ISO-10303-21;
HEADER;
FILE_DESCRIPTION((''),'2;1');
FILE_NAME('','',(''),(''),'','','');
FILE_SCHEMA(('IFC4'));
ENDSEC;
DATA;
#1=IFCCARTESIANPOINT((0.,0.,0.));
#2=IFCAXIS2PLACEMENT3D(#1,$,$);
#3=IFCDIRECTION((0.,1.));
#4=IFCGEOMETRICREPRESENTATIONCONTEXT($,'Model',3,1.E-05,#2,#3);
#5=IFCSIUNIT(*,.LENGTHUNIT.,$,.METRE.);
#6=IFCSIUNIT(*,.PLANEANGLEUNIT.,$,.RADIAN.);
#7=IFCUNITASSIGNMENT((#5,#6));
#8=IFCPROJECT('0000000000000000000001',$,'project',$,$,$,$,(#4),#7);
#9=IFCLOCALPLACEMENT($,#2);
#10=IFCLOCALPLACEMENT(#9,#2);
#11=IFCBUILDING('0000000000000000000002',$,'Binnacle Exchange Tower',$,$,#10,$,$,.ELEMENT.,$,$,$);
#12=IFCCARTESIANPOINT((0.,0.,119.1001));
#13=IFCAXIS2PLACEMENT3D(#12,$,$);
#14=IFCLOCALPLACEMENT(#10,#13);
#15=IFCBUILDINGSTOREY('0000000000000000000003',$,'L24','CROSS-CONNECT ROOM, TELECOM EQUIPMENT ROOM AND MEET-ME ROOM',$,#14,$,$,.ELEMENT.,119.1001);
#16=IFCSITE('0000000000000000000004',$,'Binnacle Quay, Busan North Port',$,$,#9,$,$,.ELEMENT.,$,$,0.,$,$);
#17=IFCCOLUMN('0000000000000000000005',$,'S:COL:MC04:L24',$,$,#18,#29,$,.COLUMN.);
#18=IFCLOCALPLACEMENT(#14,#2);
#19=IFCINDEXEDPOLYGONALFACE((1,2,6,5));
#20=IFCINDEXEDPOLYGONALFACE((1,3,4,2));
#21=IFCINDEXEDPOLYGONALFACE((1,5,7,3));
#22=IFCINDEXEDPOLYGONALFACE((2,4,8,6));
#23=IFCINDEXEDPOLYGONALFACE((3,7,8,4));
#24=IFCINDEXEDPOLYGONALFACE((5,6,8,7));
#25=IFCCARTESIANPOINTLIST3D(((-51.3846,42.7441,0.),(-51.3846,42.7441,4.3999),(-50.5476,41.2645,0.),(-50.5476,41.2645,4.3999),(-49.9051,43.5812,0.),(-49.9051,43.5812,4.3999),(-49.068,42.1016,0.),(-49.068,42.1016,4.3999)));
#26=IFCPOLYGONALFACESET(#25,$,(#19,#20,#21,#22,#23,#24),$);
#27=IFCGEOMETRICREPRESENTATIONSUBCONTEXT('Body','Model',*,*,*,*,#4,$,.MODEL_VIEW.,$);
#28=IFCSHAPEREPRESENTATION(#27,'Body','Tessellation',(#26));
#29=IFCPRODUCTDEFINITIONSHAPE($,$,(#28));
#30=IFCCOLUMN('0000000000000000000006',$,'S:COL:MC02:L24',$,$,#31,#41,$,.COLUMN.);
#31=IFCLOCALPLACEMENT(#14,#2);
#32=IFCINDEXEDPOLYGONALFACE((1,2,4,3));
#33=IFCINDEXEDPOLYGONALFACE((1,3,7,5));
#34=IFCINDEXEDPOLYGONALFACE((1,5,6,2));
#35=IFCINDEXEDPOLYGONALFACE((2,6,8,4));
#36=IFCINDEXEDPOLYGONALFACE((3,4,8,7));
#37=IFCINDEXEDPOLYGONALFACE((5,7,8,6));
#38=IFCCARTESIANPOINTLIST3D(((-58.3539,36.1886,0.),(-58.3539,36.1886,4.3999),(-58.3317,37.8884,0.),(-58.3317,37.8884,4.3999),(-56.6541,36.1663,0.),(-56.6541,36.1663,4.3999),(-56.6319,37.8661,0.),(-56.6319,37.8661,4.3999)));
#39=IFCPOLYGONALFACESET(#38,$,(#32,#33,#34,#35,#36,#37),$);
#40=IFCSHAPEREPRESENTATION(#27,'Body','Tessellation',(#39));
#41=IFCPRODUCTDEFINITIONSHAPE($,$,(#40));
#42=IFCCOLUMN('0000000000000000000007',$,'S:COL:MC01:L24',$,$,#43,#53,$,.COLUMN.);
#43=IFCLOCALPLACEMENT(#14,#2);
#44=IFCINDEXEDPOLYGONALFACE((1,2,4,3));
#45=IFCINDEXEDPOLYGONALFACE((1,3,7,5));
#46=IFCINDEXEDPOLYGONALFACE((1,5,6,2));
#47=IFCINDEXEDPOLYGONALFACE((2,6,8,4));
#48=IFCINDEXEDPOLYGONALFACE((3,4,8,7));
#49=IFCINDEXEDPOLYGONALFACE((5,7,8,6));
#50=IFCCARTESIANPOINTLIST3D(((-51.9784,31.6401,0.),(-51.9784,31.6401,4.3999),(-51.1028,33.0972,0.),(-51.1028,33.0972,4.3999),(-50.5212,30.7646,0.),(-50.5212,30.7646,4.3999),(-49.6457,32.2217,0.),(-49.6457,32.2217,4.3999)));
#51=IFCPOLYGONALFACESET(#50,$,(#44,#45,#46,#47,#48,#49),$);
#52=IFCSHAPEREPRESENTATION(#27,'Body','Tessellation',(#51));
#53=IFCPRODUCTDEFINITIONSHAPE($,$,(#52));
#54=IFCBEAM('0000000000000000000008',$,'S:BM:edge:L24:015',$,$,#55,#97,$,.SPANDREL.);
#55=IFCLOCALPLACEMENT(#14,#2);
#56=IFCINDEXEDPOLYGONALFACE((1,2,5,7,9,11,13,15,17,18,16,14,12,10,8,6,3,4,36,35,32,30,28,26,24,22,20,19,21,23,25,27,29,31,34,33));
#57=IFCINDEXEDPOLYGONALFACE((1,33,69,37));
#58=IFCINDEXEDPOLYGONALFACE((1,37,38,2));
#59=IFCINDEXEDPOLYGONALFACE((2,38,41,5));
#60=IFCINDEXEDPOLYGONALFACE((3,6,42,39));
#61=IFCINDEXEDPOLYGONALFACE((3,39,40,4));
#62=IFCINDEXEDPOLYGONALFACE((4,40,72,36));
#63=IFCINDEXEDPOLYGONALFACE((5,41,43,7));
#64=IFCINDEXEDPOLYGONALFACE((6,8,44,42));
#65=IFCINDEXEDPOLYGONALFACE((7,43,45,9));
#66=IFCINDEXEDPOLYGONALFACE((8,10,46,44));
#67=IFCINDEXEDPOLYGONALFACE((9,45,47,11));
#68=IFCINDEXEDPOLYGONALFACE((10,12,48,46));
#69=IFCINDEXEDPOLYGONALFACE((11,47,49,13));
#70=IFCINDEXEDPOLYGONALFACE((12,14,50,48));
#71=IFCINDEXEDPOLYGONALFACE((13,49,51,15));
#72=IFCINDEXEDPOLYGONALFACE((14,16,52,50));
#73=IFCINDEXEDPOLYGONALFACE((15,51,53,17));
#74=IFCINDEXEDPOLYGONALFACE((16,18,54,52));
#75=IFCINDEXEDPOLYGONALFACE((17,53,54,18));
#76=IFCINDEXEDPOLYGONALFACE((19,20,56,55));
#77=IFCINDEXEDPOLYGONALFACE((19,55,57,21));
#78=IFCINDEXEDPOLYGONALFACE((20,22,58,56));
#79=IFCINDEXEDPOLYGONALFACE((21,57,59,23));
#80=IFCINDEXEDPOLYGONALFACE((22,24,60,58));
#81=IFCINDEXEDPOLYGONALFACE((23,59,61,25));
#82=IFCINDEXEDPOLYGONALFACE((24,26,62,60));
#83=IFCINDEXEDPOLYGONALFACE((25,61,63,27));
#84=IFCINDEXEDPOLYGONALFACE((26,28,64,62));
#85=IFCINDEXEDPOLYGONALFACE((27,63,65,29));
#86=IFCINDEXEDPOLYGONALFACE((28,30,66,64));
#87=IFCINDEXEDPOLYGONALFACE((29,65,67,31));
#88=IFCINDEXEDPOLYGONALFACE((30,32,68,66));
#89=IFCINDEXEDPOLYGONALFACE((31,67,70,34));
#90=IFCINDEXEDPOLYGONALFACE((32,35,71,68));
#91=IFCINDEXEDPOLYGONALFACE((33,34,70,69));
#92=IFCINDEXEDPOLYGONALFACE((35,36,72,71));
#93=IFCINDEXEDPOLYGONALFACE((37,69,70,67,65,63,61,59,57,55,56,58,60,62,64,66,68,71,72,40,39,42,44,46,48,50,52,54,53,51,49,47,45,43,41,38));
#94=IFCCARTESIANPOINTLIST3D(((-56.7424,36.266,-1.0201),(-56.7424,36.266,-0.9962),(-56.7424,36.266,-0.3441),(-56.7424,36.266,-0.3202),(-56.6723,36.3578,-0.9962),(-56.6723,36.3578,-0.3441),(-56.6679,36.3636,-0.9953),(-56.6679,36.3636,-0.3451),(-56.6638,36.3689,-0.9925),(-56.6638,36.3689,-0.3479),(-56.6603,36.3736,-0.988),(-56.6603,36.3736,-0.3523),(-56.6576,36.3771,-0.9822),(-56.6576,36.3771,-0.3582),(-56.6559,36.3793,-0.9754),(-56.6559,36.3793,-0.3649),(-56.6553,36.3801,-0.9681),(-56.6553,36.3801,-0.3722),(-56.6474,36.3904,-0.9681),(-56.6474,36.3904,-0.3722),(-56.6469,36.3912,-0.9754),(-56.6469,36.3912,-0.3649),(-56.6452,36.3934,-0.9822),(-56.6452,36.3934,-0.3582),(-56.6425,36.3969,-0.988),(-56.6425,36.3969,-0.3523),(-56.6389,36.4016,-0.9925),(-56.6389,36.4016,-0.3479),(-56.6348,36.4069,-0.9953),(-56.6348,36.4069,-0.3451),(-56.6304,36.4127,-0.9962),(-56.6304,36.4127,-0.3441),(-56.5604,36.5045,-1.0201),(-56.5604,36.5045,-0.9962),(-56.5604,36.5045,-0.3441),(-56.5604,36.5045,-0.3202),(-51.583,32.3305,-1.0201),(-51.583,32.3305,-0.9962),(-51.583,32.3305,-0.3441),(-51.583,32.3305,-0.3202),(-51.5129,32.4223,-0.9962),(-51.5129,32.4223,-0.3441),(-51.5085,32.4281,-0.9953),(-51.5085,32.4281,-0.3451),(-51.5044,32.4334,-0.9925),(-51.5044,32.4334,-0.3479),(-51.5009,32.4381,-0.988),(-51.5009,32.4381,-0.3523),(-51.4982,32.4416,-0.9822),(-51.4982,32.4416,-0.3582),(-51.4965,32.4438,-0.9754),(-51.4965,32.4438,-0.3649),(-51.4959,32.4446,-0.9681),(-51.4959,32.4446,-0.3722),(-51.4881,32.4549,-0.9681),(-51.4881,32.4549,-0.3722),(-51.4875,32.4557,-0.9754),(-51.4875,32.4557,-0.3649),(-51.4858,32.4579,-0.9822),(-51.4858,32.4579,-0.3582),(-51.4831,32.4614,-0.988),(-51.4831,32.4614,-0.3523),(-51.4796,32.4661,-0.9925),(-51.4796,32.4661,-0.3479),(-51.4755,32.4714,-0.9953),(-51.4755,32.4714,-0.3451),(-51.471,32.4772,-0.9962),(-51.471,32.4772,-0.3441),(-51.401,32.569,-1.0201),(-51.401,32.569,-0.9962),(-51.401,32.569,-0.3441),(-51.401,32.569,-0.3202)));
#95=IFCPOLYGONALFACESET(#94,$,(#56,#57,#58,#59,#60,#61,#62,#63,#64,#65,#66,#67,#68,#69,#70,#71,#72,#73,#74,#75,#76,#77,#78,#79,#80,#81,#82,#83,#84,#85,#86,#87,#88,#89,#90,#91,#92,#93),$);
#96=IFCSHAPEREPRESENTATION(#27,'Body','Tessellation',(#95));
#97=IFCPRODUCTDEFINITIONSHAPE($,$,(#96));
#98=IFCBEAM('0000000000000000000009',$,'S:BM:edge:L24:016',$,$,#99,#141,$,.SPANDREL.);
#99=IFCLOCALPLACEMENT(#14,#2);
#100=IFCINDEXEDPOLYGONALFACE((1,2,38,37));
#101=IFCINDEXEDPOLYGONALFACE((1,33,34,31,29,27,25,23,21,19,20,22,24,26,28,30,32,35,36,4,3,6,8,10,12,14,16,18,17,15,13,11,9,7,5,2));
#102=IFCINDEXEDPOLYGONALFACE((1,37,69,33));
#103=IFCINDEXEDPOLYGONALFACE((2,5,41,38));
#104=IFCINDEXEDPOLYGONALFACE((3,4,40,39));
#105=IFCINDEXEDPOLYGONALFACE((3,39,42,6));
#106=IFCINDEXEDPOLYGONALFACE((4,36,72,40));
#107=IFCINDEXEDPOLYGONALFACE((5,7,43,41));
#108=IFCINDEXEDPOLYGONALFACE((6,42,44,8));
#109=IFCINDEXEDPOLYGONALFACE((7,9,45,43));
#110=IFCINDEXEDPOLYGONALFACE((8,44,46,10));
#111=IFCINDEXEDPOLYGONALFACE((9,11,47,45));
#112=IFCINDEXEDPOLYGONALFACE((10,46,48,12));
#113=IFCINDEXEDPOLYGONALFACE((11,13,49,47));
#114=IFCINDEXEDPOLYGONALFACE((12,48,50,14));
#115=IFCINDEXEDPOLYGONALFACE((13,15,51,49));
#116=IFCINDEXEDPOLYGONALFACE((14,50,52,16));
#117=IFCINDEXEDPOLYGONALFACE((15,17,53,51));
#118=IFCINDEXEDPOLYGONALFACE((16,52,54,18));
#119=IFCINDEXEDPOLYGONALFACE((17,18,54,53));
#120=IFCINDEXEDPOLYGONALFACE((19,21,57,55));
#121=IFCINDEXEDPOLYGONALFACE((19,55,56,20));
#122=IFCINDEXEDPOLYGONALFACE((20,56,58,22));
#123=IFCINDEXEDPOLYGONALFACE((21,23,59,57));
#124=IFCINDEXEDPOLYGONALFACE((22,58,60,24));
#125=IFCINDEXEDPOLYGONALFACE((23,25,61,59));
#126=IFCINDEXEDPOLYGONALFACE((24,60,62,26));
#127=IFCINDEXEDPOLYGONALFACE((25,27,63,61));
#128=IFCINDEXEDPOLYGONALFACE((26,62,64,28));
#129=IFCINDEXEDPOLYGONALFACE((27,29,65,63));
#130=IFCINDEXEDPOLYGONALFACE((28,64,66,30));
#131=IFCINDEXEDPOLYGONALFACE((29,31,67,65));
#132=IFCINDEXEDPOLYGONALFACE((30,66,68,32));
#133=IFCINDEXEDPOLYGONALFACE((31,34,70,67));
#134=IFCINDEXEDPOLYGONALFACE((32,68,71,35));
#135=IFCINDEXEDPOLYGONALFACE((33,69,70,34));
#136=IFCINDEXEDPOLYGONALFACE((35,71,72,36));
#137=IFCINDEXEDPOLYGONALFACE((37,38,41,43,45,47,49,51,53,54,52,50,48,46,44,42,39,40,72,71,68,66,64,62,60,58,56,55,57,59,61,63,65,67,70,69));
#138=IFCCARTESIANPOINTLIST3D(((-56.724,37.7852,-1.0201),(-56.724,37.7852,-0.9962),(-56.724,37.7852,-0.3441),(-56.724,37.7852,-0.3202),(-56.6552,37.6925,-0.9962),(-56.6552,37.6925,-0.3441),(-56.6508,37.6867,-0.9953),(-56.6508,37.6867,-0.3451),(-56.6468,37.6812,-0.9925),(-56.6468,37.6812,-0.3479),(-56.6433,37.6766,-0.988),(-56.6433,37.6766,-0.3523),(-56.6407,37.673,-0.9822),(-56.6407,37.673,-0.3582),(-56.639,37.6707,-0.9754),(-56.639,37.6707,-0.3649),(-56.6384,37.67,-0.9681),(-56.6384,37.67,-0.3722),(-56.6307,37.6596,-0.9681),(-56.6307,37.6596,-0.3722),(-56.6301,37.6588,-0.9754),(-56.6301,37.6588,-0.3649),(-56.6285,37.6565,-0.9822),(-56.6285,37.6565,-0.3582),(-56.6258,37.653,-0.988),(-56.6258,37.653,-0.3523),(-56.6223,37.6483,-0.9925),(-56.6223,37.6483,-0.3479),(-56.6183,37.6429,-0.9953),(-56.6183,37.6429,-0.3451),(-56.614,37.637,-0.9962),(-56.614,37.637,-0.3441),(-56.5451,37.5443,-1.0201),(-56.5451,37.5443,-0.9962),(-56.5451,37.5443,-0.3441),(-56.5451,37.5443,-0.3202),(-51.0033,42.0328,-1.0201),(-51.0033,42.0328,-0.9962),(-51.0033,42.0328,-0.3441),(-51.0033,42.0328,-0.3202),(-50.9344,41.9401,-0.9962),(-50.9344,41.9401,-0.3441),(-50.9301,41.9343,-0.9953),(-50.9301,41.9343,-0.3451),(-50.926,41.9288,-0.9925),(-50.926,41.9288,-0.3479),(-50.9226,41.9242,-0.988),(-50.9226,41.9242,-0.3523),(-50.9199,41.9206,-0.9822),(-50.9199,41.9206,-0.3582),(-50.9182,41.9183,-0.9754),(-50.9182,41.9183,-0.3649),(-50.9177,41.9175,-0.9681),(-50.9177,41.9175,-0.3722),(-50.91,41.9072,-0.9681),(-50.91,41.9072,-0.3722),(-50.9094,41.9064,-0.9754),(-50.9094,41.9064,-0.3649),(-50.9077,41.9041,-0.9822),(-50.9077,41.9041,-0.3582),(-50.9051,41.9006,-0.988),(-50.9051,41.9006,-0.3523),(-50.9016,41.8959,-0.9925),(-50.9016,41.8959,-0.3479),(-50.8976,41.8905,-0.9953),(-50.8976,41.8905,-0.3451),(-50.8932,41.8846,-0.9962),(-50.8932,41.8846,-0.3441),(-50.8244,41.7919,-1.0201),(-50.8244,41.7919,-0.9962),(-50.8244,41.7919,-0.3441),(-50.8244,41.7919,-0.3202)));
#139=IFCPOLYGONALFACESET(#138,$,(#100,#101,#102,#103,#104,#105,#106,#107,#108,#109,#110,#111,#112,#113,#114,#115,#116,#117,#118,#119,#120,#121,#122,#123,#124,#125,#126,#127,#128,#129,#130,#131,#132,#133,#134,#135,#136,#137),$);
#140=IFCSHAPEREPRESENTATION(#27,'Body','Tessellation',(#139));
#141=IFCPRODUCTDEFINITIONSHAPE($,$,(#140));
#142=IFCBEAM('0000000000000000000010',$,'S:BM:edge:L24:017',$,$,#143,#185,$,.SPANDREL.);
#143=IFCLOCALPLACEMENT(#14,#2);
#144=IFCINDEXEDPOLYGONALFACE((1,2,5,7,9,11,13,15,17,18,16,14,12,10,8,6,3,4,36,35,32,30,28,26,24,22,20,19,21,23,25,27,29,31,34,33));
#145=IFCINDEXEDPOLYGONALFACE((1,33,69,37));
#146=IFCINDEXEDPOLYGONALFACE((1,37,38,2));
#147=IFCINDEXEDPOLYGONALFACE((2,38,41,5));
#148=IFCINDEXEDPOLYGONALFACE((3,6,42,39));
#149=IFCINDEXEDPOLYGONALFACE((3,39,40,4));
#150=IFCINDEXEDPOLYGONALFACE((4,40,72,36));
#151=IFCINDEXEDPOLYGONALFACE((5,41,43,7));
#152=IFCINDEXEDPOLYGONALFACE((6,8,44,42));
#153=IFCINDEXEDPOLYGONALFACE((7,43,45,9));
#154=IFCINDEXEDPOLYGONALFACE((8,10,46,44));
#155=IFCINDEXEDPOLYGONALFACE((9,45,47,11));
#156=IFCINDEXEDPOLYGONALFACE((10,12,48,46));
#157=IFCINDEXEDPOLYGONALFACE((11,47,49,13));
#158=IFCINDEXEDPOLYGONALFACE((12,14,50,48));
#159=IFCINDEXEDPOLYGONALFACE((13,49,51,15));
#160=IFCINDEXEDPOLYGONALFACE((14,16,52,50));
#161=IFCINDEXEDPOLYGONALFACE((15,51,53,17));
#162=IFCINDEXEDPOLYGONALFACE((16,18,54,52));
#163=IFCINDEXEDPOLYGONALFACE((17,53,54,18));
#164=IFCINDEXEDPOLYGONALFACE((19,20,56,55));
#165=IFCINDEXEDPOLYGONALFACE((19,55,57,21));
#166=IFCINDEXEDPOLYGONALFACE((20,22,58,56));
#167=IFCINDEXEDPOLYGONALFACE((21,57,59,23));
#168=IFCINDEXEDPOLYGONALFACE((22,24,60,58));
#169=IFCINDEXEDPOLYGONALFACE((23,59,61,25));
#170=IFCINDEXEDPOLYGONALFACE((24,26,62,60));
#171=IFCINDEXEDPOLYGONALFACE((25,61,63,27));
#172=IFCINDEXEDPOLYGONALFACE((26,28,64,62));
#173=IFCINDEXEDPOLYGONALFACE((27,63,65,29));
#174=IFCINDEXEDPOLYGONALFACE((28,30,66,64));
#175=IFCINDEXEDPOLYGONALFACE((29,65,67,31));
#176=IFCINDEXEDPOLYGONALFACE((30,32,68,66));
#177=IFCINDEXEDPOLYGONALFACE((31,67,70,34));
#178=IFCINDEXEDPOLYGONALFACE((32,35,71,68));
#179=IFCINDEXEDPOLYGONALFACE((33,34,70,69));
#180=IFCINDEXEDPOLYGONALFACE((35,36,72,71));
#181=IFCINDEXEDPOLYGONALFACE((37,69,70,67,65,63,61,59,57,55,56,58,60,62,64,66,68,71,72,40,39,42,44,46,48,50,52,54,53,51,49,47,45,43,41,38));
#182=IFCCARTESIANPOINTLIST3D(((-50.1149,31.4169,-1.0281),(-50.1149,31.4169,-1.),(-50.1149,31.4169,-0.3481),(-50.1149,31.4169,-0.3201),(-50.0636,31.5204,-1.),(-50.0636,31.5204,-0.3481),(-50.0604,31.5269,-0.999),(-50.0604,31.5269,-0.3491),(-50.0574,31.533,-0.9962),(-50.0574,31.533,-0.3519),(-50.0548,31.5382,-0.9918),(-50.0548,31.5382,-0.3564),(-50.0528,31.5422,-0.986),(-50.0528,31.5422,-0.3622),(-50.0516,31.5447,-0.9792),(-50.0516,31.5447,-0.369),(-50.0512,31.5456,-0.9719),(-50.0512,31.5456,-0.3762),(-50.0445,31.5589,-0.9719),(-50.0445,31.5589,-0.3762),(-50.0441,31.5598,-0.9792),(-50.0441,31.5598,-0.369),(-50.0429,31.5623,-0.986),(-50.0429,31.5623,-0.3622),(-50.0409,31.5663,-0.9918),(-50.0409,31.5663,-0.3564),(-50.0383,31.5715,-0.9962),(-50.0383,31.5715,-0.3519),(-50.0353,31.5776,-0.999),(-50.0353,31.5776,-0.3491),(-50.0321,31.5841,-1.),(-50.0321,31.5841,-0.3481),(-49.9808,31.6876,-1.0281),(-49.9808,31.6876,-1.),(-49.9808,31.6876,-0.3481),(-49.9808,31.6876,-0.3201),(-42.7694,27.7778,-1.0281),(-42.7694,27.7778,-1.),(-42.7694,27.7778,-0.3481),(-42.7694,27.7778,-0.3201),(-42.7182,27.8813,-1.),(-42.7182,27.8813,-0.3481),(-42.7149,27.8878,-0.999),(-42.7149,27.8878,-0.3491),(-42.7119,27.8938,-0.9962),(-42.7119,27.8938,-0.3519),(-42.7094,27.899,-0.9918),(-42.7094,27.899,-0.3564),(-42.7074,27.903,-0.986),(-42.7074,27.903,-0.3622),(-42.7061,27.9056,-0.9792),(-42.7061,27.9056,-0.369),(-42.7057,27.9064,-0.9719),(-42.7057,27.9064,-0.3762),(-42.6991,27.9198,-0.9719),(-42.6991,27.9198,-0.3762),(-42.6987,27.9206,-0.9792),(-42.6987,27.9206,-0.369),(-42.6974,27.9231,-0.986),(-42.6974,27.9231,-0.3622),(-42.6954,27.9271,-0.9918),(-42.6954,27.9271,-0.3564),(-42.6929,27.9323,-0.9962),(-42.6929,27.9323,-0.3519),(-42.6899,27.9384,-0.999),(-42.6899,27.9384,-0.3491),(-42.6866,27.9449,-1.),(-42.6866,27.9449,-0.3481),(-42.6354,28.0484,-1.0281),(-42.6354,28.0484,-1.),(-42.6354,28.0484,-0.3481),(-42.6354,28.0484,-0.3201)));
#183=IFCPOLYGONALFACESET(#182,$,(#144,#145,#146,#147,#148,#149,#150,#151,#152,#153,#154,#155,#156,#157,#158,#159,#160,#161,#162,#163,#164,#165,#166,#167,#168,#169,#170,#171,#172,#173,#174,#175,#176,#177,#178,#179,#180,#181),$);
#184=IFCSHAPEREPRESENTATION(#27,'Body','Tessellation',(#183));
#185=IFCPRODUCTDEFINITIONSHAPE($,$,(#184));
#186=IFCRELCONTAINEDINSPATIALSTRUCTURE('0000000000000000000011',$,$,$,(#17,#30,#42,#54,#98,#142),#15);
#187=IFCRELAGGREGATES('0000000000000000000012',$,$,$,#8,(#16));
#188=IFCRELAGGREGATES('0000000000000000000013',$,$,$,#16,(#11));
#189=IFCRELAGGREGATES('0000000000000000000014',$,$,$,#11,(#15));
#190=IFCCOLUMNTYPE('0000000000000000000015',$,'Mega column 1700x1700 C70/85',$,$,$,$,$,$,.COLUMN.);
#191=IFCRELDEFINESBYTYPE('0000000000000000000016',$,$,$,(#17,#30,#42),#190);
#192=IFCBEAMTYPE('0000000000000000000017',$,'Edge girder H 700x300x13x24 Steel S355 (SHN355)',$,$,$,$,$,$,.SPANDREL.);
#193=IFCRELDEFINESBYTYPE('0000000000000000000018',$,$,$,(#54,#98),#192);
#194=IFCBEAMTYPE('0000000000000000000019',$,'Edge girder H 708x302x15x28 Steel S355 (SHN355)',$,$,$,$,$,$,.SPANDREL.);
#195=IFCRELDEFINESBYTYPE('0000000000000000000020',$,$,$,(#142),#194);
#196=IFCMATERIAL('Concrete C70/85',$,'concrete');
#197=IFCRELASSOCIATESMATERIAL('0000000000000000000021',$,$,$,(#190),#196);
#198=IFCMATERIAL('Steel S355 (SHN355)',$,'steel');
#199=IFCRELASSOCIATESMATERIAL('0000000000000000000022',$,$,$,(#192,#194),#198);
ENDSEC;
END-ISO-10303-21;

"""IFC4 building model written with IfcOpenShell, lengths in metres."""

from ifc_helpers import new_model, si_unit, direction, frame, origin, origin_2d, place, context, subcontext, project, spatial, rectangle, i_section, extrude, material, material_profile, profile_set, type_object, element, save


model = new_model("IFC4")

# Units and contexts
model_context = context("Model", 3, precision=1e-05, world=origin(), true_north=direction((0.0, 1.0)))
body_context = subcontext(model_context, "Body", "Model", "MODEL_VIEW")
ifc_project = project(units=[si_unit("LENGTHUNIT", "METRE"), si_unit("PLANEANGLEUNIT", "RADIAN")], contexts=[model_context])

# Site, building, storey
site_placement = place(None, origin())
site = spatial("IfcSite", under=ifc_project, at=site_placement, Name="Binnacle Quay, Busan North Port", CompositionType="ELEMENT", RefElevation=0.0)
building_placement = place(site_placement, origin())
building = spatial("IfcBuilding", under=site, at=building_placement, Name="Binnacle Exchange Tower", CompositionType="ELEMENT")
storey_placement = place(building_placement, frame((0.0, 0.0, 119.1001)))
storey = spatial("IfcBuildingStorey", under=building, at=storey_placement, Name="L24", Description="CROSS-CONNECT ROOM, TELECOM EQUIPMENT ROOM AND MEET-ME ROOM", CompositionType="ELEMENT", Elevation=119.1001)

# Columns
ifc_material_1 = material(Name="Concrete C70/85", Category="concrete")
ifc_material_profile_1 = material_profile(ifc_material_1, rectangle(XDim=1.7, YDim=1.7, at=origin_2d()), Name="Mega column 1700x1700 C70/85")
ifc_profile_set_1 = profile_set([ifc_material_profile_1], Name="Concrete C70/85")
column_type = type_object("IfcColumnType", Name="Mega column 1700x1700 C70/85", PredefinedType="COLUMN", material=ifc_profile_set_1)
for number, where, z_axis, x_axis, name in (
    (1, (-50.2263, 42.4229, 0.0), (0.0, 0.0, 1.0), (-0.870356, -0.492424, 0.0), "S:COL:MC04:L24"),
    (2, (-57.4929, 37.0273, 0.0), (0.0, 0.0, 1.0), (-0.01309, -0.999914, 0.0), "S:COL:MC02:L24"),
    (3, (-50.812, 31.9309, 0.0), (0.0, 0.0, 1.0), (0.857167, -0.515038, 0.0), "S:COL:MC01:L24"),
):
    element("IfcColumn", number, at=place(storey_placement, frame(where, z_axis=z_axis, x_axis=x_axis)), inside=storey, type_object=column_type, Name=name, PredefinedType="COLUMN", context=body_context, shape_type="SweptSolid", body=[
        extrude(rectangle(XDim=1.7, YDim=1.7, at=origin_2d()), origin(), (0.0, 0.0, 1.0), 4.3999),
    ])

# Beams
ifc_material_2 = material(Name="Steel S355 (SHN355)", Category="steel")
ifc_material_profile_2 = material_profile(ifc_material_2, i_section(OverallWidth=0.3, OverallDepth=0.7, WebThickness=0.0129, FlangeThickness=0.0239, FilletRadius=0.0281, at=origin_2d()), Name="H 700x300x13x24")
ifc_profile_set_2 = profile_set([ifc_material_profile_2], Name="Steel S355 (SHN355)")
beam_type_1 = type_object("IfcBeamType", Name="Edge girder H 700x300x13x24 Steel S355 (SHN355)", PredefinedType="SPANDREL", material=ifc_profile_set_2)
beam_1_placement = place(storey_placement, frame((-56.6514, 36.3853, -0.6702), z_axis=(0.795093, -0.606487, 0.0), x_axis=(0.606487, 0.795093, 0.0)))
element("IfcBeam", 4, at=beam_1_placement, inside=storey, type_object=beam_type_1, Name="S:BM:edge:L24:015", PredefinedType="SPANDREL", context=body_context, shape_type="SweptSolid", body=[
    extrude(i_section(OverallWidth=0.3, OverallDepth=0.7, WebThickness=0.0129, FlangeThickness=0.0239, FilletRadius=0.0281, at=origin_2d()), origin(), (0.0, 0.0, 1.0), 6.489),
])
beam_2_placement = place(storey_placement, frame((-50.9138, 41.9124, -0.6702), z_axis=(-0.802885, -0.596133, 0.0), x_axis=(0.596133, -0.802885, 0.0)))
element("IfcBeam", 5, at=beam_2_placement, inside=storey, type_object=beam_type_1, Name="S:BM:edge:L24:016", PredefinedType="SPANDREL", context=body_context, shape_type="SweptSolid", body=[
    extrude(i_section(OverallWidth=0.3, OverallDepth=0.7, WebThickness=0.0129, FlangeThickness=0.0239, FilletRadius=0.0281, at=origin_2d()), origin(), (0.0, 0.0, 1.0), 7.1252),
])
ifc_material_profile_3 = material_profile(ifc_material_2, i_section(OverallWidth=0.302, OverallDepth=0.708, WebThickness=0.0149, FlangeThickness=0.0281, FilletRadius=0.0281, at=origin_2d()), Name="H 708x302x15x28")
ifc_profile_set_3 = profile_set([ifc_material_profile_3], Name="Steel S355 (SHN355)")
beam_type_2 = type_object("IfcBeamType", Name="Edge girder H 708x302x15x28 Steel S355 (SHN355)", PredefinedType="SPANDREL", material=ifc_profile_set_3)
beam_3_placement = place(storey_placement, frame((-50.0479, 31.5522, -0.6741), z_axis=(0.896059, -0.443935, 0.0), x_axis=(0.443935, 0.896059, 0.0)))
element("IfcBeam", 6, at=beam_3_placement, inside=storey, type_object=beam_type_2, Name="S:BM:edge:L24:017", PredefinedType="SPANDREL", context=body_context, shape_type="SweptSolid", body=[
    extrude(i_section(OverallWidth=0.302, OverallDepth=0.708, WebThickness=0.0149, FlangeThickness=0.0281, FilletRadius=0.0281, at=origin_2d()), origin(), (0.0, 0.0, 1.0), 8.1975),
])

save(model, "model.ifc")
